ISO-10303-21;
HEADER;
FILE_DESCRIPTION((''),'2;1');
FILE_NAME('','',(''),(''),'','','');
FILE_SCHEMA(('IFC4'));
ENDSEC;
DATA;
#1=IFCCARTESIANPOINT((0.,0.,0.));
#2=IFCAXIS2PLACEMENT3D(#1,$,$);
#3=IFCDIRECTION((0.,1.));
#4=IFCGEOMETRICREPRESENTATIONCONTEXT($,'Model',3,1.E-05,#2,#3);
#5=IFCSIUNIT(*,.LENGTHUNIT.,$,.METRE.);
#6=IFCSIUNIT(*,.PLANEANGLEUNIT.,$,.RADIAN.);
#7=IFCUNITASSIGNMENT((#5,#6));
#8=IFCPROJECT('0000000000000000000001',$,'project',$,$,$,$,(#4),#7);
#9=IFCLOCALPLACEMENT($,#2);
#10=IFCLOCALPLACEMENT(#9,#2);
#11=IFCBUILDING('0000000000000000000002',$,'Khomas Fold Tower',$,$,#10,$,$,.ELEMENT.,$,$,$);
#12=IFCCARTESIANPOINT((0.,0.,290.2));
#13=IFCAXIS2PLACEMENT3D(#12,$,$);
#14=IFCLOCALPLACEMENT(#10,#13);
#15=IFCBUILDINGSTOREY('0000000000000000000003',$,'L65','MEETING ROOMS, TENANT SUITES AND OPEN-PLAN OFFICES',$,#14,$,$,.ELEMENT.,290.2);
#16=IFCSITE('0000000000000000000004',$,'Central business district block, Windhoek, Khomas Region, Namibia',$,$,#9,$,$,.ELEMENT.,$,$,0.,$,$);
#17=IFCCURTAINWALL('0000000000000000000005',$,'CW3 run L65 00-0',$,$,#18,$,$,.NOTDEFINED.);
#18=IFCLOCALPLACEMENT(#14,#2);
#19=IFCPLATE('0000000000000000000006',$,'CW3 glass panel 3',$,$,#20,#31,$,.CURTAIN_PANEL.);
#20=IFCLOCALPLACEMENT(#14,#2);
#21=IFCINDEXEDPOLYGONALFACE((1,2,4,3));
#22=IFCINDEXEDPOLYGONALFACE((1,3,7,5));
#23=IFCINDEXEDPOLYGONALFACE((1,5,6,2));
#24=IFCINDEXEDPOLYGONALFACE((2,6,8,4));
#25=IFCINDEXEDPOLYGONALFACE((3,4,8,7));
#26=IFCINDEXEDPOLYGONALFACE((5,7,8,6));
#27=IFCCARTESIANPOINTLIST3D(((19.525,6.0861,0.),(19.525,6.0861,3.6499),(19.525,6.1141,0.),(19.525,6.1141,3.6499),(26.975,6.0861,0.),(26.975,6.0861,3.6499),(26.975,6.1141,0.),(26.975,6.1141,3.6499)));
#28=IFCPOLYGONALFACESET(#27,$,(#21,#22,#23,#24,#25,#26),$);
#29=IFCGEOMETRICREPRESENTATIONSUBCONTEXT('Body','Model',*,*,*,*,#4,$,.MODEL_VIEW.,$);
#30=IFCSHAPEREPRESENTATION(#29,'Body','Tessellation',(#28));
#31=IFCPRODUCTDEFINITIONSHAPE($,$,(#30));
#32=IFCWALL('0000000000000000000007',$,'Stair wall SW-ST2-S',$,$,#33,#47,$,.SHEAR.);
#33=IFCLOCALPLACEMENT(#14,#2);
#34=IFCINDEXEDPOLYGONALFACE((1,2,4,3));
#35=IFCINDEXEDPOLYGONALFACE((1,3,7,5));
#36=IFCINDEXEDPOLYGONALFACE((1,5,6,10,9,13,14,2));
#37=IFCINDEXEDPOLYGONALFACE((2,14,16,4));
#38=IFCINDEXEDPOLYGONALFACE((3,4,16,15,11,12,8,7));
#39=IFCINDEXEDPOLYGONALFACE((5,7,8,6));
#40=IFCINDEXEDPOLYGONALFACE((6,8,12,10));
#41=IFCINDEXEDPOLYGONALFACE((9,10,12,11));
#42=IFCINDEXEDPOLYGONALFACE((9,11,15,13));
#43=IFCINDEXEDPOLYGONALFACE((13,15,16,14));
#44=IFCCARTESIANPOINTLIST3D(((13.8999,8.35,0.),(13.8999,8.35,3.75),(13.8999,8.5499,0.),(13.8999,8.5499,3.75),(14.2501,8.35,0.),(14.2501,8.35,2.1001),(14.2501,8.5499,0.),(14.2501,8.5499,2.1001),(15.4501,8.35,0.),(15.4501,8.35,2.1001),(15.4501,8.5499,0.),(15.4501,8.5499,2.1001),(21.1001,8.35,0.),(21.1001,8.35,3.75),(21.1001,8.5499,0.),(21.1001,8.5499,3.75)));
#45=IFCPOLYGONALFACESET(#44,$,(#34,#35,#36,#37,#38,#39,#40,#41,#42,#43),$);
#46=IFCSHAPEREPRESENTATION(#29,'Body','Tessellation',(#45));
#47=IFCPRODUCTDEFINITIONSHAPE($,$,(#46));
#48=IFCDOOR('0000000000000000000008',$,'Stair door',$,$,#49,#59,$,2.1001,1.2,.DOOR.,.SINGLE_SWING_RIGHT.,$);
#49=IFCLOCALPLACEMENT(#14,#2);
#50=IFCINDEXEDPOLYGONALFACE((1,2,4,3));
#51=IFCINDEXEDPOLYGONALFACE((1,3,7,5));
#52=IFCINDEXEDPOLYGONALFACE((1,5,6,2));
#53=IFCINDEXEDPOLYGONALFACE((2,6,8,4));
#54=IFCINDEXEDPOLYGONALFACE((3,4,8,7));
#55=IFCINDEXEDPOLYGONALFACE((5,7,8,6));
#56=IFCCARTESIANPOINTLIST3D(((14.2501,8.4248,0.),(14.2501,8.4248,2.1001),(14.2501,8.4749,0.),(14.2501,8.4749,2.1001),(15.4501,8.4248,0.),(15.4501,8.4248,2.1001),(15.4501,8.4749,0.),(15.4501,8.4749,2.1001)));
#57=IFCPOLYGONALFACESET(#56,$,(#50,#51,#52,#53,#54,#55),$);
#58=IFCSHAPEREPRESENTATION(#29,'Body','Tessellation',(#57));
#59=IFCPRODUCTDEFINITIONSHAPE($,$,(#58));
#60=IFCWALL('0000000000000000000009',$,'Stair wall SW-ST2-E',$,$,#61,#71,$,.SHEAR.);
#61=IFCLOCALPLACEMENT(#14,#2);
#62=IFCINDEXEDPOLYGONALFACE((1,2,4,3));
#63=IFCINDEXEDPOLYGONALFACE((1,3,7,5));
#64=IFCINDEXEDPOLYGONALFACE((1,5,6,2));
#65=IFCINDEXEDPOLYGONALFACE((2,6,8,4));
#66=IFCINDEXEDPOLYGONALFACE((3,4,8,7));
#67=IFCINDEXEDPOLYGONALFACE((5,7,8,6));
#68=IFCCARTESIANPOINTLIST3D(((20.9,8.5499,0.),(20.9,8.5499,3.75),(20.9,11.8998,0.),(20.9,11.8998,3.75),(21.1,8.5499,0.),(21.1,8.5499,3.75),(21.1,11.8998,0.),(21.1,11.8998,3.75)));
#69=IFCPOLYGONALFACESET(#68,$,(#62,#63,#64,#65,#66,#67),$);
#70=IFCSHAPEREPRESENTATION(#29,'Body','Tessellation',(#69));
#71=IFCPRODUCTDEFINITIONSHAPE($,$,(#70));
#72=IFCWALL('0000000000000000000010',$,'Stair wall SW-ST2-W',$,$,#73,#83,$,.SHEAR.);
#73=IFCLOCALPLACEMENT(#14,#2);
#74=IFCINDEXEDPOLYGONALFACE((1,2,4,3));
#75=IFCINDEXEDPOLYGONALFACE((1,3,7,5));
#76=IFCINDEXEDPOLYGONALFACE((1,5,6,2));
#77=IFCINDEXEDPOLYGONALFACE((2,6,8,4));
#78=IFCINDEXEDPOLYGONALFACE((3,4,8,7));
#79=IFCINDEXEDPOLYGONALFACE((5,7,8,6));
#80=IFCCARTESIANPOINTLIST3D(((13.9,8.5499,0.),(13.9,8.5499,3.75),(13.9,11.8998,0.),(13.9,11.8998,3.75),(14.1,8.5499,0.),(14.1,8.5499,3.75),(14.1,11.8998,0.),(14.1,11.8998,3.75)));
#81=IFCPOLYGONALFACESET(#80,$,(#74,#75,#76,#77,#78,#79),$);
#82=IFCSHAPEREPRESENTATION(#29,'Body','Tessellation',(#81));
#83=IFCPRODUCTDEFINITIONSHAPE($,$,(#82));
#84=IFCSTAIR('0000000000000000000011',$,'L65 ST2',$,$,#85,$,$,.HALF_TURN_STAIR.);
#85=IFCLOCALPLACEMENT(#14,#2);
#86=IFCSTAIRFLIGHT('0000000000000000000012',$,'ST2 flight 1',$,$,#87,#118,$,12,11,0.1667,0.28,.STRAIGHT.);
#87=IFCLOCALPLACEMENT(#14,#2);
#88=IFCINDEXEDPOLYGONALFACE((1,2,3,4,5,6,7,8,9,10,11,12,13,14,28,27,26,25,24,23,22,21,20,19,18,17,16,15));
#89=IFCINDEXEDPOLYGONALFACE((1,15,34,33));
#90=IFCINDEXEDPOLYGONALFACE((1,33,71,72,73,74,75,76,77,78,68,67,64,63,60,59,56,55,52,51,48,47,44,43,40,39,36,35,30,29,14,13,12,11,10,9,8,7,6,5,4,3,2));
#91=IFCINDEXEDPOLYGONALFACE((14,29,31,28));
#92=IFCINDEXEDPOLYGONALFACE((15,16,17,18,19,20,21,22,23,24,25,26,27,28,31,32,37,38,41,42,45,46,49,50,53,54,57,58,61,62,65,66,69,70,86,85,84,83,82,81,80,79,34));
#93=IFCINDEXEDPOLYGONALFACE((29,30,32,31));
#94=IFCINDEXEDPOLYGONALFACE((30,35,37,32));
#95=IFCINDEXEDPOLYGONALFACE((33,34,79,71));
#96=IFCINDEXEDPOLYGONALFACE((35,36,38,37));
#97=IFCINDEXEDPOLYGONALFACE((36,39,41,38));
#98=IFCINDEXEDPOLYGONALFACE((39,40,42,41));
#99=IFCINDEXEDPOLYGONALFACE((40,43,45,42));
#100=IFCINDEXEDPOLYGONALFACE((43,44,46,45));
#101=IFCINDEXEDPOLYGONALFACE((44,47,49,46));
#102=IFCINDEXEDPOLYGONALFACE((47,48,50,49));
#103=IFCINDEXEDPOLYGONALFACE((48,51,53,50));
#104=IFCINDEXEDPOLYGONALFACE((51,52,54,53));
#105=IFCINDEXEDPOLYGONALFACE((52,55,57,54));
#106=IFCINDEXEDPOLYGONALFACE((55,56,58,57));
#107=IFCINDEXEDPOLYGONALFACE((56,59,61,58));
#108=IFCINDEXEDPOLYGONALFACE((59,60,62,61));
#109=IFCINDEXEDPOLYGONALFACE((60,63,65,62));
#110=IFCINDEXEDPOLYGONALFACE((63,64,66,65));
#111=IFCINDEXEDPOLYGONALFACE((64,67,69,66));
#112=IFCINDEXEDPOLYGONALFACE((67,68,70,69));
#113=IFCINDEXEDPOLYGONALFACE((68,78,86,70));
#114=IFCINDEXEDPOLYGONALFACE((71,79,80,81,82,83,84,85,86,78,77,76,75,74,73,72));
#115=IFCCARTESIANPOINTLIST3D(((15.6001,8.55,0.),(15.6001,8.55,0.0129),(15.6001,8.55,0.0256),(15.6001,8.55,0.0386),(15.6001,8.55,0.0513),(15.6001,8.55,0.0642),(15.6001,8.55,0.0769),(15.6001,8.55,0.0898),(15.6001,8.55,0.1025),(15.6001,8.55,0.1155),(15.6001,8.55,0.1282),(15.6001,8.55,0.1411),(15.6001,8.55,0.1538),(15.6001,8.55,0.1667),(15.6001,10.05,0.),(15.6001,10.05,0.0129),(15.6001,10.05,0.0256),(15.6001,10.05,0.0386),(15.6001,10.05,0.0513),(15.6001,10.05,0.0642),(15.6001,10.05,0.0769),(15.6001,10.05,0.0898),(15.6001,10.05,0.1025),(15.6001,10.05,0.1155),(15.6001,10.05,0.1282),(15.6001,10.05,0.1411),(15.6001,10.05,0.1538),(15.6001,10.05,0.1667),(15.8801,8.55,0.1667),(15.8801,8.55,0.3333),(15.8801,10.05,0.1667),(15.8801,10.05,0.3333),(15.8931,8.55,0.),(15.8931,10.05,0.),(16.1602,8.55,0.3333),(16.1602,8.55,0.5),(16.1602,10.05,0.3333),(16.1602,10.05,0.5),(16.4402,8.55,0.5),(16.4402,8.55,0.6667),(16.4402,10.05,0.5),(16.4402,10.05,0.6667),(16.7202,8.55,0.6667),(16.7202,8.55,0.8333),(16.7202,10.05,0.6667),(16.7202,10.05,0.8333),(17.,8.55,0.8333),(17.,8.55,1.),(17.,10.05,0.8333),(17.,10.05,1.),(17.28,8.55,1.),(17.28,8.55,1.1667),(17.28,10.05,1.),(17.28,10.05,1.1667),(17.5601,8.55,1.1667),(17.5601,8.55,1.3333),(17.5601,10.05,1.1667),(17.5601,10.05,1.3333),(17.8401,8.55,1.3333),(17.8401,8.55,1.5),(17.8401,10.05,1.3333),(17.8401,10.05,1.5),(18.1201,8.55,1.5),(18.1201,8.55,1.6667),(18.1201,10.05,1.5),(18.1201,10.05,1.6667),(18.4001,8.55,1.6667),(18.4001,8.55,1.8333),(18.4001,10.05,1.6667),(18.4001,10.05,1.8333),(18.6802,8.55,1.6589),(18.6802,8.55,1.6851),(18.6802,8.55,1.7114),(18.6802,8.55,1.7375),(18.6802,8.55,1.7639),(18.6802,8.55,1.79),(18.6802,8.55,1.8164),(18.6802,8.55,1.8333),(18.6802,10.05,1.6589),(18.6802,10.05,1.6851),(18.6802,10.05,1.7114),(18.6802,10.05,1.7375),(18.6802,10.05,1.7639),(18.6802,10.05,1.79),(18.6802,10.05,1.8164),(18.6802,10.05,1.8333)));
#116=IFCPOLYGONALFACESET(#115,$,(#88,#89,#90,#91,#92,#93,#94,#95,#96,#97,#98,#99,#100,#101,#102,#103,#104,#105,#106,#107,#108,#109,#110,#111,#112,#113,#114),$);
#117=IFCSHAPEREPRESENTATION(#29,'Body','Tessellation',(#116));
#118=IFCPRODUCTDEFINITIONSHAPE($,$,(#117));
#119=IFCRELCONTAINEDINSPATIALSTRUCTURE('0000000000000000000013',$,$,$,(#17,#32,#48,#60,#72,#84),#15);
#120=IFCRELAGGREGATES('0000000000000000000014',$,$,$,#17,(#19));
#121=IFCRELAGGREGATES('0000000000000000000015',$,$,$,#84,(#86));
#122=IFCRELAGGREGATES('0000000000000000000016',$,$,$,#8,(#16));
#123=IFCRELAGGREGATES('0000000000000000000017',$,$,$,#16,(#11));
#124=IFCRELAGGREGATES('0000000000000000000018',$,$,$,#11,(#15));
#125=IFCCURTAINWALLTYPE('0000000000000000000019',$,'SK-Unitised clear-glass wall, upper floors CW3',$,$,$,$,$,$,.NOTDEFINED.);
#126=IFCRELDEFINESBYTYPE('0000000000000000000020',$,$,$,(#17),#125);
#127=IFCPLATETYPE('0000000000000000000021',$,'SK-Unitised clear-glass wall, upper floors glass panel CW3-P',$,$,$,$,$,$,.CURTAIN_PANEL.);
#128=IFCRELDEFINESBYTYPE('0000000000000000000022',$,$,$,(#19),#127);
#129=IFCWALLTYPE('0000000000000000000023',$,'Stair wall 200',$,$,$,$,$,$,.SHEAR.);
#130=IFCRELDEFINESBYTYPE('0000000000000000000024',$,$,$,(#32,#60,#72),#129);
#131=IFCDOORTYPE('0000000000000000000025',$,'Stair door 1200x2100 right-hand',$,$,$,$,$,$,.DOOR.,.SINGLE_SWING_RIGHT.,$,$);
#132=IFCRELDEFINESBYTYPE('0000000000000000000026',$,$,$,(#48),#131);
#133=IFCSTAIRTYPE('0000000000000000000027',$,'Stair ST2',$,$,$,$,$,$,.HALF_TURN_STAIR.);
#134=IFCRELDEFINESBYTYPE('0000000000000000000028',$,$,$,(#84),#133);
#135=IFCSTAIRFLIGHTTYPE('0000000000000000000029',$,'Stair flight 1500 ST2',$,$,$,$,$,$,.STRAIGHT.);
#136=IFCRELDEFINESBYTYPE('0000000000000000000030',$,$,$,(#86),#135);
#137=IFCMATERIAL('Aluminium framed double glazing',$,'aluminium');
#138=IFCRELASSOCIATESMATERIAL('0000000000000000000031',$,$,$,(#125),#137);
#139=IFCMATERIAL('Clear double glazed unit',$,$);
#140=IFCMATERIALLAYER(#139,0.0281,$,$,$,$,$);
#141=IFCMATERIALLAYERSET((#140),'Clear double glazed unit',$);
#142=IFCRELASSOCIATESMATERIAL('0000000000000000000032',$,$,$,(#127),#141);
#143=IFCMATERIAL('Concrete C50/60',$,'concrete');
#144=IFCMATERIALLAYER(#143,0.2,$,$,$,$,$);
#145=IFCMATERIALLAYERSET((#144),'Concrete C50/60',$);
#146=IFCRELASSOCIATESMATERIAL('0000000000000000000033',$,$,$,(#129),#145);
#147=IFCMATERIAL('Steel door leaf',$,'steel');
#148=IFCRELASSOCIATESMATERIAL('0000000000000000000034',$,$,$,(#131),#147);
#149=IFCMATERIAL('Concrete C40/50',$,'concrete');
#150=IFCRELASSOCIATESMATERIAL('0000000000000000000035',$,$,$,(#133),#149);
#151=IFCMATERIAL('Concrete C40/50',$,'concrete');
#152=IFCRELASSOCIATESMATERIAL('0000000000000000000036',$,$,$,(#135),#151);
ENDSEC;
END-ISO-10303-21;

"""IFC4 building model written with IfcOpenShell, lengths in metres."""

from ifc_helpers import new_model, si_unit, direction, frame, frame_2d, origin, origin_2d, place, context, subcontext, project, spatial, polyline, rectangle, outline, extrude, source, transform, mapped, material, layer, layer_set, type_object, element, fill, aggregate, save


model = new_model("IFC4")

# Units and contexts
model_context = context("Model", 3, precision=1e-05, world=origin(), true_north=direction((0.0, 1.0)))
body_context = subcontext(model_context, "Body", "Model", "MODEL_VIEW")
ifc_project = project(units=[si_unit("LENGTHUNIT", "METRE"), si_unit("PLANEANGLEUNIT", "RADIAN")], contexts=[model_context])

# Site, building, storey
site_placement = place(None, origin())
site = spatial("IfcSite", under=ifc_project, at=site_placement, Name="Central business district block, Windhoek, Khomas Region, Namibia", CompositionType="ELEMENT", RefElevation=0.0)
building_placement = place(site_placement, origin())
building = spatial("IfcBuilding", under=site, at=building_placement, Name="Khomas Fold Tower", CompositionType="ELEMENT")
storey_placement = place(building_placement, frame((0.0, 0.0, 290.2)))
storey = spatial("IfcBuildingStorey", under=building, at=storey_placement, Name="L65", Description="MEETING ROOMS, TENANT SUITES AND OPEN-PLAN OFFICES", CompositionType="ELEMENT", Elevation=290.2)

# Curtain wall, plate
ifc_material_1 = material(Name="Aluminium framed double glazing", Category="aluminium")
curtain_wall_type = type_object("IfcCurtainWallType", Name="SK-Unitised clear-glass wall, upper floors CW3", PredefinedType="NOTDEFINED", material=ifc_material_1)
curtain_wall_placement = place(storey_placement, origin())
curtain_wall = element("IfcCurtainWall", 1, at=curtain_wall_placement, inside=storey, type_object=curtain_wall_type, Name="CW3 run L65 00-0", PredefinedType="NOTDEFINED")
ifc_material_2 = material(Name="Clear double glazed unit")
ifc_layer_1 = layer(ifc_material_2, 0.0281)
ifc_layer_set_1 = layer_set([ifc_layer_1], Name="Clear double glazed unit")
plate_type = type_object("IfcPlateType", Name="SK-Unitised clear-glass wall, upper floors glass panel CW3-P", PredefinedType="CURTAIN_PANEL", material=ifc_layer_set_1)
shared_shape_1 = source(origin(), body_context, "Body", "SweptSolid", [
    extrude(rectangle(XDim=7.45, YDim=0.0281, at=origin_2d()), origin(), (0.0, 0.0, 1.0), 3.6499),
])
plate_1_placement = place(storey_placement, frame((23.25, 6.1001, 0.0), z_axis=(0.0, 0.0, 1.0), x_axis=(1.0, 0.0, 0.0)))
plate_1 = element("IfcPlate", 2, at=plate_1_placement, type_object=plate_type, Name="CW3 glass panel 3", PredefinedType="CURTAIN_PANEL", context=body_context, shape_type="MappedRepresentation", body=[
    mapped(shared_shape_1, transform((0.0, 0.0, 0.0))),
])
aggregate(curtain_wall, [plate_1])

# Wall, opening, door
ifc_material_3 = material(Name="Concrete C50/60", Category="concrete")
ifc_layer_2 = layer(ifc_material_3, 0.2)
ifc_layer_set_2 = layer_set([ifc_layer_2], Name="Concrete C50/60")
wall_type = type_object("IfcWallType", Name="Stair wall 200", PredefinedType="SHEAR", material=ifc_layer_set_2)
shared_shape_2 = source(origin(), body_context, "Body", "SweptSolid", [
    extrude(rectangle(XDim=7.2002, YDim=0.2, at=frame_2d((3.6001, 0.0))), origin(), (0.0, 0.0, 1.0), 3.75),
])
wall_placement = place(storey_placement, frame((13.8999, 8.45, 0.0), z_axis=(0.0, 0.0, 1.0), x_axis=(1.0, 0.0, 0.0)))
wall = element("IfcWall", 3, at=wall_placement, inside=storey, type_object=wall_type, Name="Stair wall SW-ST2-S", PredefinedType="SHEAR", context=body_context, shape_type="MappedRepresentation", body=[
    mapped(shared_shape_2, transform((0.0, 0.0, 0.0))),
])
shared_shape_3 = source(origin(), body_context, "Body", "SweptSolid", [
    extrude(rectangle(XDim=1.2, YDim=2.1001, at=frame_2d((0.6001, 1.05))), frame((0.0, 0.1099, 0.0), z_axis=(0.0, -1.0, 0.0), x_axis=(1.0, 0.0, 0.0)), (0.0, 0.0, 1.0), 0.22),
])
opening_placement = place(wall_placement, frame((0.3501, 0.0, 0.0)))
opening = element("IfcOpeningElement", 4, at=opening_placement, cuts=wall, PredefinedType="OPENING", context=body_context, shape_type="MappedRepresentation", body=[
    mapped(shared_shape_3, transform((0.0, 0.0, 0.0))),
])
ifc_material_4 = material(Name="Steel door leaf", Category="steel")
door_type = type_object("IfcDoorType", Name="Stair door 1200x2100 right-hand", OperationType="SINGLE_SWING_RIGHT", PredefinedType="DOOR", material=ifc_material_4)
shared_shape_4 = source(origin(), body_context, "Body", "SweptSolid", [
    extrude(rectangle(XDim=1.2, YDim=2.1001, at=frame_2d((0.6001, 1.05))), frame((0.0, 0.0249, 0.0), z_axis=(0.0, -1.0, 0.0), x_axis=(1.0, 0.0, 0.0)), (0.0, 0.0, 1.0), 0.05),
])
door_placement = place(opening_placement, origin())
door = element("IfcDoor", 5, at=door_placement, inside=storey, type_object=door_type, Name="Stair door", OperationType="SINGLE_SWING_RIGHT", OverallHeight=2.1001, OverallWidth=1.2, PredefinedType="DOOR", context=body_context, shape_type="MappedRepresentation", body=[
    mapped(shared_shape_4, transform((0.0, 0.0, 0.0))),
])
fill(opening, door)

# Walls
shared_shape_5 = source(origin(), body_context, "Body", "SweptSolid", [
    extrude(rectangle(XDim=3.3499, YDim=0.2, at=frame_2d((1.6748, 0.0))), origin(), (0.0, 0.0, 1.0), 3.75),
])
for number, where, z_axis, x_axis, name in (
    (6, (21.0, 8.55, 0.0), (0.0, 0.0, 1.0), (0.0, 1.0, 0.0), "Stair wall SW-ST2-E"),
    (7, (14.0, 8.55, 0.0), (0.0, 0.0, 1.0), (0.0, 1.0, 0.0), "Stair wall SW-ST2-W"),
):
    element("IfcWall", number, at=place(storey_placement, frame(where, z_axis=z_axis, x_axis=x_axis)), inside=storey, type_object=wall_type, Name=name, PredefinedType="SHEAR", context=body_context, shape_type="MappedRepresentation", body=[
        mapped(shared_shape_5, transform((0.0, 0.0, 0.0))),
    ])

# Stair, stair flight
ifc_material_5 = material(Name="Concrete C40/50", Category="concrete")
stair_type = type_object("IfcStairType", Name="Stair ST2", PredefinedType="HALF_TURN_STAIR", material=ifc_material_5)
stair_placement = place(storey_placement, origin())
stair = element("IfcStair", 8, at=stair_placement, inside=storey, type_object=stair_type, Name="L65 ST2", PredefinedType="HALF_TURN_STAIR")
ifc_material_6 = material(Name="Concrete C40/50", Category="concrete")
stair_flight_type = type_object("IfcStairFlightType", Name="Stair flight 1500 ST2", PredefinedType="STRAIGHT", material=ifc_material_6)
shared_shape_6 = source(origin(), body_context, "Body", "SweptSolid", [
    extrude(outline(polyline([(0.0, 0.0), (0.0, 0.0129), (0.0, 0.0256), (0.0, 0.0386), (0.0, 0.0513), (0.0, 0.0642), (0.0, 0.0769), (0.0, 0.0898), (0.0, 0.1025), (0.0, 0.1155), (0.0, 0.1282), (0.0, 0.1411), (0.0, 0.1538), (0.0, 0.1667), (0.28, 0.1667), (0.28, 0.3333), (0.5601, 0.3333), (0.5601, 0.5), (0.8401, 0.5), (0.8401, 0.6667), (1.1201, 0.6667), (1.1201, 0.8333), (1.3999, 0.8333), (1.3999, 1.0), (1.6799, 1.0), (1.6799, 1.1667), (1.96, 1.1667), (1.96, 1.3333), (2.24, 1.3333), (2.24, 1.5), (2.52, 1.5), (2.52, 1.6667), (2.8, 1.6667), (2.8, 1.8333), (3.0801, 1.8333), (3.0801, 2.0), (3.0801, 1.9739), (3.0801, 1.9475), (3.0801, 1.9214), (3.0801, 1.895), (3.0801, 1.8689), (3.0801, 1.8425), (3.0801, 1.8164), (3.0801, 1.79), (3.0801, 1.7639), (3.0801, 1.7375), (3.0801, 1.7114), (3.0801, 1.6851), (3.0801, 1.6589), (0.293, 0.0), (0.0, 0.0)])), frame((0.0, 0.75, 0.0), z_axis=(0.0, -1.0, 0.0), x_axis=(1.0, 0.0, 0.0)), (0.0, 0.0, 1.0), 1.5),
])
stair_flight_placement = place(storey_placement, frame((15.6001, 9.3, 0.0), z_axis=(0.0, 0.0, 1.0), x_axis=(1.0, 0.0, 0.0)))
stair_flight = element("IfcStairFlight", 9, at=stair_flight_placement, type_object=stair_flight_type, Name="ST2 flight 1", NumberOfRisers=12, NumberOfTreads=11, PredefinedType="STRAIGHT", RiserHeight=0.1667, TreadLength=0.28, context=body_context, shape_type="MappedRepresentation", body=[
    mapped(shared_shape_6, transform((0.0, 0.0, 0.0))),
])
aggregate(stair, [stair_flight])

save(model, "model.ifc")
